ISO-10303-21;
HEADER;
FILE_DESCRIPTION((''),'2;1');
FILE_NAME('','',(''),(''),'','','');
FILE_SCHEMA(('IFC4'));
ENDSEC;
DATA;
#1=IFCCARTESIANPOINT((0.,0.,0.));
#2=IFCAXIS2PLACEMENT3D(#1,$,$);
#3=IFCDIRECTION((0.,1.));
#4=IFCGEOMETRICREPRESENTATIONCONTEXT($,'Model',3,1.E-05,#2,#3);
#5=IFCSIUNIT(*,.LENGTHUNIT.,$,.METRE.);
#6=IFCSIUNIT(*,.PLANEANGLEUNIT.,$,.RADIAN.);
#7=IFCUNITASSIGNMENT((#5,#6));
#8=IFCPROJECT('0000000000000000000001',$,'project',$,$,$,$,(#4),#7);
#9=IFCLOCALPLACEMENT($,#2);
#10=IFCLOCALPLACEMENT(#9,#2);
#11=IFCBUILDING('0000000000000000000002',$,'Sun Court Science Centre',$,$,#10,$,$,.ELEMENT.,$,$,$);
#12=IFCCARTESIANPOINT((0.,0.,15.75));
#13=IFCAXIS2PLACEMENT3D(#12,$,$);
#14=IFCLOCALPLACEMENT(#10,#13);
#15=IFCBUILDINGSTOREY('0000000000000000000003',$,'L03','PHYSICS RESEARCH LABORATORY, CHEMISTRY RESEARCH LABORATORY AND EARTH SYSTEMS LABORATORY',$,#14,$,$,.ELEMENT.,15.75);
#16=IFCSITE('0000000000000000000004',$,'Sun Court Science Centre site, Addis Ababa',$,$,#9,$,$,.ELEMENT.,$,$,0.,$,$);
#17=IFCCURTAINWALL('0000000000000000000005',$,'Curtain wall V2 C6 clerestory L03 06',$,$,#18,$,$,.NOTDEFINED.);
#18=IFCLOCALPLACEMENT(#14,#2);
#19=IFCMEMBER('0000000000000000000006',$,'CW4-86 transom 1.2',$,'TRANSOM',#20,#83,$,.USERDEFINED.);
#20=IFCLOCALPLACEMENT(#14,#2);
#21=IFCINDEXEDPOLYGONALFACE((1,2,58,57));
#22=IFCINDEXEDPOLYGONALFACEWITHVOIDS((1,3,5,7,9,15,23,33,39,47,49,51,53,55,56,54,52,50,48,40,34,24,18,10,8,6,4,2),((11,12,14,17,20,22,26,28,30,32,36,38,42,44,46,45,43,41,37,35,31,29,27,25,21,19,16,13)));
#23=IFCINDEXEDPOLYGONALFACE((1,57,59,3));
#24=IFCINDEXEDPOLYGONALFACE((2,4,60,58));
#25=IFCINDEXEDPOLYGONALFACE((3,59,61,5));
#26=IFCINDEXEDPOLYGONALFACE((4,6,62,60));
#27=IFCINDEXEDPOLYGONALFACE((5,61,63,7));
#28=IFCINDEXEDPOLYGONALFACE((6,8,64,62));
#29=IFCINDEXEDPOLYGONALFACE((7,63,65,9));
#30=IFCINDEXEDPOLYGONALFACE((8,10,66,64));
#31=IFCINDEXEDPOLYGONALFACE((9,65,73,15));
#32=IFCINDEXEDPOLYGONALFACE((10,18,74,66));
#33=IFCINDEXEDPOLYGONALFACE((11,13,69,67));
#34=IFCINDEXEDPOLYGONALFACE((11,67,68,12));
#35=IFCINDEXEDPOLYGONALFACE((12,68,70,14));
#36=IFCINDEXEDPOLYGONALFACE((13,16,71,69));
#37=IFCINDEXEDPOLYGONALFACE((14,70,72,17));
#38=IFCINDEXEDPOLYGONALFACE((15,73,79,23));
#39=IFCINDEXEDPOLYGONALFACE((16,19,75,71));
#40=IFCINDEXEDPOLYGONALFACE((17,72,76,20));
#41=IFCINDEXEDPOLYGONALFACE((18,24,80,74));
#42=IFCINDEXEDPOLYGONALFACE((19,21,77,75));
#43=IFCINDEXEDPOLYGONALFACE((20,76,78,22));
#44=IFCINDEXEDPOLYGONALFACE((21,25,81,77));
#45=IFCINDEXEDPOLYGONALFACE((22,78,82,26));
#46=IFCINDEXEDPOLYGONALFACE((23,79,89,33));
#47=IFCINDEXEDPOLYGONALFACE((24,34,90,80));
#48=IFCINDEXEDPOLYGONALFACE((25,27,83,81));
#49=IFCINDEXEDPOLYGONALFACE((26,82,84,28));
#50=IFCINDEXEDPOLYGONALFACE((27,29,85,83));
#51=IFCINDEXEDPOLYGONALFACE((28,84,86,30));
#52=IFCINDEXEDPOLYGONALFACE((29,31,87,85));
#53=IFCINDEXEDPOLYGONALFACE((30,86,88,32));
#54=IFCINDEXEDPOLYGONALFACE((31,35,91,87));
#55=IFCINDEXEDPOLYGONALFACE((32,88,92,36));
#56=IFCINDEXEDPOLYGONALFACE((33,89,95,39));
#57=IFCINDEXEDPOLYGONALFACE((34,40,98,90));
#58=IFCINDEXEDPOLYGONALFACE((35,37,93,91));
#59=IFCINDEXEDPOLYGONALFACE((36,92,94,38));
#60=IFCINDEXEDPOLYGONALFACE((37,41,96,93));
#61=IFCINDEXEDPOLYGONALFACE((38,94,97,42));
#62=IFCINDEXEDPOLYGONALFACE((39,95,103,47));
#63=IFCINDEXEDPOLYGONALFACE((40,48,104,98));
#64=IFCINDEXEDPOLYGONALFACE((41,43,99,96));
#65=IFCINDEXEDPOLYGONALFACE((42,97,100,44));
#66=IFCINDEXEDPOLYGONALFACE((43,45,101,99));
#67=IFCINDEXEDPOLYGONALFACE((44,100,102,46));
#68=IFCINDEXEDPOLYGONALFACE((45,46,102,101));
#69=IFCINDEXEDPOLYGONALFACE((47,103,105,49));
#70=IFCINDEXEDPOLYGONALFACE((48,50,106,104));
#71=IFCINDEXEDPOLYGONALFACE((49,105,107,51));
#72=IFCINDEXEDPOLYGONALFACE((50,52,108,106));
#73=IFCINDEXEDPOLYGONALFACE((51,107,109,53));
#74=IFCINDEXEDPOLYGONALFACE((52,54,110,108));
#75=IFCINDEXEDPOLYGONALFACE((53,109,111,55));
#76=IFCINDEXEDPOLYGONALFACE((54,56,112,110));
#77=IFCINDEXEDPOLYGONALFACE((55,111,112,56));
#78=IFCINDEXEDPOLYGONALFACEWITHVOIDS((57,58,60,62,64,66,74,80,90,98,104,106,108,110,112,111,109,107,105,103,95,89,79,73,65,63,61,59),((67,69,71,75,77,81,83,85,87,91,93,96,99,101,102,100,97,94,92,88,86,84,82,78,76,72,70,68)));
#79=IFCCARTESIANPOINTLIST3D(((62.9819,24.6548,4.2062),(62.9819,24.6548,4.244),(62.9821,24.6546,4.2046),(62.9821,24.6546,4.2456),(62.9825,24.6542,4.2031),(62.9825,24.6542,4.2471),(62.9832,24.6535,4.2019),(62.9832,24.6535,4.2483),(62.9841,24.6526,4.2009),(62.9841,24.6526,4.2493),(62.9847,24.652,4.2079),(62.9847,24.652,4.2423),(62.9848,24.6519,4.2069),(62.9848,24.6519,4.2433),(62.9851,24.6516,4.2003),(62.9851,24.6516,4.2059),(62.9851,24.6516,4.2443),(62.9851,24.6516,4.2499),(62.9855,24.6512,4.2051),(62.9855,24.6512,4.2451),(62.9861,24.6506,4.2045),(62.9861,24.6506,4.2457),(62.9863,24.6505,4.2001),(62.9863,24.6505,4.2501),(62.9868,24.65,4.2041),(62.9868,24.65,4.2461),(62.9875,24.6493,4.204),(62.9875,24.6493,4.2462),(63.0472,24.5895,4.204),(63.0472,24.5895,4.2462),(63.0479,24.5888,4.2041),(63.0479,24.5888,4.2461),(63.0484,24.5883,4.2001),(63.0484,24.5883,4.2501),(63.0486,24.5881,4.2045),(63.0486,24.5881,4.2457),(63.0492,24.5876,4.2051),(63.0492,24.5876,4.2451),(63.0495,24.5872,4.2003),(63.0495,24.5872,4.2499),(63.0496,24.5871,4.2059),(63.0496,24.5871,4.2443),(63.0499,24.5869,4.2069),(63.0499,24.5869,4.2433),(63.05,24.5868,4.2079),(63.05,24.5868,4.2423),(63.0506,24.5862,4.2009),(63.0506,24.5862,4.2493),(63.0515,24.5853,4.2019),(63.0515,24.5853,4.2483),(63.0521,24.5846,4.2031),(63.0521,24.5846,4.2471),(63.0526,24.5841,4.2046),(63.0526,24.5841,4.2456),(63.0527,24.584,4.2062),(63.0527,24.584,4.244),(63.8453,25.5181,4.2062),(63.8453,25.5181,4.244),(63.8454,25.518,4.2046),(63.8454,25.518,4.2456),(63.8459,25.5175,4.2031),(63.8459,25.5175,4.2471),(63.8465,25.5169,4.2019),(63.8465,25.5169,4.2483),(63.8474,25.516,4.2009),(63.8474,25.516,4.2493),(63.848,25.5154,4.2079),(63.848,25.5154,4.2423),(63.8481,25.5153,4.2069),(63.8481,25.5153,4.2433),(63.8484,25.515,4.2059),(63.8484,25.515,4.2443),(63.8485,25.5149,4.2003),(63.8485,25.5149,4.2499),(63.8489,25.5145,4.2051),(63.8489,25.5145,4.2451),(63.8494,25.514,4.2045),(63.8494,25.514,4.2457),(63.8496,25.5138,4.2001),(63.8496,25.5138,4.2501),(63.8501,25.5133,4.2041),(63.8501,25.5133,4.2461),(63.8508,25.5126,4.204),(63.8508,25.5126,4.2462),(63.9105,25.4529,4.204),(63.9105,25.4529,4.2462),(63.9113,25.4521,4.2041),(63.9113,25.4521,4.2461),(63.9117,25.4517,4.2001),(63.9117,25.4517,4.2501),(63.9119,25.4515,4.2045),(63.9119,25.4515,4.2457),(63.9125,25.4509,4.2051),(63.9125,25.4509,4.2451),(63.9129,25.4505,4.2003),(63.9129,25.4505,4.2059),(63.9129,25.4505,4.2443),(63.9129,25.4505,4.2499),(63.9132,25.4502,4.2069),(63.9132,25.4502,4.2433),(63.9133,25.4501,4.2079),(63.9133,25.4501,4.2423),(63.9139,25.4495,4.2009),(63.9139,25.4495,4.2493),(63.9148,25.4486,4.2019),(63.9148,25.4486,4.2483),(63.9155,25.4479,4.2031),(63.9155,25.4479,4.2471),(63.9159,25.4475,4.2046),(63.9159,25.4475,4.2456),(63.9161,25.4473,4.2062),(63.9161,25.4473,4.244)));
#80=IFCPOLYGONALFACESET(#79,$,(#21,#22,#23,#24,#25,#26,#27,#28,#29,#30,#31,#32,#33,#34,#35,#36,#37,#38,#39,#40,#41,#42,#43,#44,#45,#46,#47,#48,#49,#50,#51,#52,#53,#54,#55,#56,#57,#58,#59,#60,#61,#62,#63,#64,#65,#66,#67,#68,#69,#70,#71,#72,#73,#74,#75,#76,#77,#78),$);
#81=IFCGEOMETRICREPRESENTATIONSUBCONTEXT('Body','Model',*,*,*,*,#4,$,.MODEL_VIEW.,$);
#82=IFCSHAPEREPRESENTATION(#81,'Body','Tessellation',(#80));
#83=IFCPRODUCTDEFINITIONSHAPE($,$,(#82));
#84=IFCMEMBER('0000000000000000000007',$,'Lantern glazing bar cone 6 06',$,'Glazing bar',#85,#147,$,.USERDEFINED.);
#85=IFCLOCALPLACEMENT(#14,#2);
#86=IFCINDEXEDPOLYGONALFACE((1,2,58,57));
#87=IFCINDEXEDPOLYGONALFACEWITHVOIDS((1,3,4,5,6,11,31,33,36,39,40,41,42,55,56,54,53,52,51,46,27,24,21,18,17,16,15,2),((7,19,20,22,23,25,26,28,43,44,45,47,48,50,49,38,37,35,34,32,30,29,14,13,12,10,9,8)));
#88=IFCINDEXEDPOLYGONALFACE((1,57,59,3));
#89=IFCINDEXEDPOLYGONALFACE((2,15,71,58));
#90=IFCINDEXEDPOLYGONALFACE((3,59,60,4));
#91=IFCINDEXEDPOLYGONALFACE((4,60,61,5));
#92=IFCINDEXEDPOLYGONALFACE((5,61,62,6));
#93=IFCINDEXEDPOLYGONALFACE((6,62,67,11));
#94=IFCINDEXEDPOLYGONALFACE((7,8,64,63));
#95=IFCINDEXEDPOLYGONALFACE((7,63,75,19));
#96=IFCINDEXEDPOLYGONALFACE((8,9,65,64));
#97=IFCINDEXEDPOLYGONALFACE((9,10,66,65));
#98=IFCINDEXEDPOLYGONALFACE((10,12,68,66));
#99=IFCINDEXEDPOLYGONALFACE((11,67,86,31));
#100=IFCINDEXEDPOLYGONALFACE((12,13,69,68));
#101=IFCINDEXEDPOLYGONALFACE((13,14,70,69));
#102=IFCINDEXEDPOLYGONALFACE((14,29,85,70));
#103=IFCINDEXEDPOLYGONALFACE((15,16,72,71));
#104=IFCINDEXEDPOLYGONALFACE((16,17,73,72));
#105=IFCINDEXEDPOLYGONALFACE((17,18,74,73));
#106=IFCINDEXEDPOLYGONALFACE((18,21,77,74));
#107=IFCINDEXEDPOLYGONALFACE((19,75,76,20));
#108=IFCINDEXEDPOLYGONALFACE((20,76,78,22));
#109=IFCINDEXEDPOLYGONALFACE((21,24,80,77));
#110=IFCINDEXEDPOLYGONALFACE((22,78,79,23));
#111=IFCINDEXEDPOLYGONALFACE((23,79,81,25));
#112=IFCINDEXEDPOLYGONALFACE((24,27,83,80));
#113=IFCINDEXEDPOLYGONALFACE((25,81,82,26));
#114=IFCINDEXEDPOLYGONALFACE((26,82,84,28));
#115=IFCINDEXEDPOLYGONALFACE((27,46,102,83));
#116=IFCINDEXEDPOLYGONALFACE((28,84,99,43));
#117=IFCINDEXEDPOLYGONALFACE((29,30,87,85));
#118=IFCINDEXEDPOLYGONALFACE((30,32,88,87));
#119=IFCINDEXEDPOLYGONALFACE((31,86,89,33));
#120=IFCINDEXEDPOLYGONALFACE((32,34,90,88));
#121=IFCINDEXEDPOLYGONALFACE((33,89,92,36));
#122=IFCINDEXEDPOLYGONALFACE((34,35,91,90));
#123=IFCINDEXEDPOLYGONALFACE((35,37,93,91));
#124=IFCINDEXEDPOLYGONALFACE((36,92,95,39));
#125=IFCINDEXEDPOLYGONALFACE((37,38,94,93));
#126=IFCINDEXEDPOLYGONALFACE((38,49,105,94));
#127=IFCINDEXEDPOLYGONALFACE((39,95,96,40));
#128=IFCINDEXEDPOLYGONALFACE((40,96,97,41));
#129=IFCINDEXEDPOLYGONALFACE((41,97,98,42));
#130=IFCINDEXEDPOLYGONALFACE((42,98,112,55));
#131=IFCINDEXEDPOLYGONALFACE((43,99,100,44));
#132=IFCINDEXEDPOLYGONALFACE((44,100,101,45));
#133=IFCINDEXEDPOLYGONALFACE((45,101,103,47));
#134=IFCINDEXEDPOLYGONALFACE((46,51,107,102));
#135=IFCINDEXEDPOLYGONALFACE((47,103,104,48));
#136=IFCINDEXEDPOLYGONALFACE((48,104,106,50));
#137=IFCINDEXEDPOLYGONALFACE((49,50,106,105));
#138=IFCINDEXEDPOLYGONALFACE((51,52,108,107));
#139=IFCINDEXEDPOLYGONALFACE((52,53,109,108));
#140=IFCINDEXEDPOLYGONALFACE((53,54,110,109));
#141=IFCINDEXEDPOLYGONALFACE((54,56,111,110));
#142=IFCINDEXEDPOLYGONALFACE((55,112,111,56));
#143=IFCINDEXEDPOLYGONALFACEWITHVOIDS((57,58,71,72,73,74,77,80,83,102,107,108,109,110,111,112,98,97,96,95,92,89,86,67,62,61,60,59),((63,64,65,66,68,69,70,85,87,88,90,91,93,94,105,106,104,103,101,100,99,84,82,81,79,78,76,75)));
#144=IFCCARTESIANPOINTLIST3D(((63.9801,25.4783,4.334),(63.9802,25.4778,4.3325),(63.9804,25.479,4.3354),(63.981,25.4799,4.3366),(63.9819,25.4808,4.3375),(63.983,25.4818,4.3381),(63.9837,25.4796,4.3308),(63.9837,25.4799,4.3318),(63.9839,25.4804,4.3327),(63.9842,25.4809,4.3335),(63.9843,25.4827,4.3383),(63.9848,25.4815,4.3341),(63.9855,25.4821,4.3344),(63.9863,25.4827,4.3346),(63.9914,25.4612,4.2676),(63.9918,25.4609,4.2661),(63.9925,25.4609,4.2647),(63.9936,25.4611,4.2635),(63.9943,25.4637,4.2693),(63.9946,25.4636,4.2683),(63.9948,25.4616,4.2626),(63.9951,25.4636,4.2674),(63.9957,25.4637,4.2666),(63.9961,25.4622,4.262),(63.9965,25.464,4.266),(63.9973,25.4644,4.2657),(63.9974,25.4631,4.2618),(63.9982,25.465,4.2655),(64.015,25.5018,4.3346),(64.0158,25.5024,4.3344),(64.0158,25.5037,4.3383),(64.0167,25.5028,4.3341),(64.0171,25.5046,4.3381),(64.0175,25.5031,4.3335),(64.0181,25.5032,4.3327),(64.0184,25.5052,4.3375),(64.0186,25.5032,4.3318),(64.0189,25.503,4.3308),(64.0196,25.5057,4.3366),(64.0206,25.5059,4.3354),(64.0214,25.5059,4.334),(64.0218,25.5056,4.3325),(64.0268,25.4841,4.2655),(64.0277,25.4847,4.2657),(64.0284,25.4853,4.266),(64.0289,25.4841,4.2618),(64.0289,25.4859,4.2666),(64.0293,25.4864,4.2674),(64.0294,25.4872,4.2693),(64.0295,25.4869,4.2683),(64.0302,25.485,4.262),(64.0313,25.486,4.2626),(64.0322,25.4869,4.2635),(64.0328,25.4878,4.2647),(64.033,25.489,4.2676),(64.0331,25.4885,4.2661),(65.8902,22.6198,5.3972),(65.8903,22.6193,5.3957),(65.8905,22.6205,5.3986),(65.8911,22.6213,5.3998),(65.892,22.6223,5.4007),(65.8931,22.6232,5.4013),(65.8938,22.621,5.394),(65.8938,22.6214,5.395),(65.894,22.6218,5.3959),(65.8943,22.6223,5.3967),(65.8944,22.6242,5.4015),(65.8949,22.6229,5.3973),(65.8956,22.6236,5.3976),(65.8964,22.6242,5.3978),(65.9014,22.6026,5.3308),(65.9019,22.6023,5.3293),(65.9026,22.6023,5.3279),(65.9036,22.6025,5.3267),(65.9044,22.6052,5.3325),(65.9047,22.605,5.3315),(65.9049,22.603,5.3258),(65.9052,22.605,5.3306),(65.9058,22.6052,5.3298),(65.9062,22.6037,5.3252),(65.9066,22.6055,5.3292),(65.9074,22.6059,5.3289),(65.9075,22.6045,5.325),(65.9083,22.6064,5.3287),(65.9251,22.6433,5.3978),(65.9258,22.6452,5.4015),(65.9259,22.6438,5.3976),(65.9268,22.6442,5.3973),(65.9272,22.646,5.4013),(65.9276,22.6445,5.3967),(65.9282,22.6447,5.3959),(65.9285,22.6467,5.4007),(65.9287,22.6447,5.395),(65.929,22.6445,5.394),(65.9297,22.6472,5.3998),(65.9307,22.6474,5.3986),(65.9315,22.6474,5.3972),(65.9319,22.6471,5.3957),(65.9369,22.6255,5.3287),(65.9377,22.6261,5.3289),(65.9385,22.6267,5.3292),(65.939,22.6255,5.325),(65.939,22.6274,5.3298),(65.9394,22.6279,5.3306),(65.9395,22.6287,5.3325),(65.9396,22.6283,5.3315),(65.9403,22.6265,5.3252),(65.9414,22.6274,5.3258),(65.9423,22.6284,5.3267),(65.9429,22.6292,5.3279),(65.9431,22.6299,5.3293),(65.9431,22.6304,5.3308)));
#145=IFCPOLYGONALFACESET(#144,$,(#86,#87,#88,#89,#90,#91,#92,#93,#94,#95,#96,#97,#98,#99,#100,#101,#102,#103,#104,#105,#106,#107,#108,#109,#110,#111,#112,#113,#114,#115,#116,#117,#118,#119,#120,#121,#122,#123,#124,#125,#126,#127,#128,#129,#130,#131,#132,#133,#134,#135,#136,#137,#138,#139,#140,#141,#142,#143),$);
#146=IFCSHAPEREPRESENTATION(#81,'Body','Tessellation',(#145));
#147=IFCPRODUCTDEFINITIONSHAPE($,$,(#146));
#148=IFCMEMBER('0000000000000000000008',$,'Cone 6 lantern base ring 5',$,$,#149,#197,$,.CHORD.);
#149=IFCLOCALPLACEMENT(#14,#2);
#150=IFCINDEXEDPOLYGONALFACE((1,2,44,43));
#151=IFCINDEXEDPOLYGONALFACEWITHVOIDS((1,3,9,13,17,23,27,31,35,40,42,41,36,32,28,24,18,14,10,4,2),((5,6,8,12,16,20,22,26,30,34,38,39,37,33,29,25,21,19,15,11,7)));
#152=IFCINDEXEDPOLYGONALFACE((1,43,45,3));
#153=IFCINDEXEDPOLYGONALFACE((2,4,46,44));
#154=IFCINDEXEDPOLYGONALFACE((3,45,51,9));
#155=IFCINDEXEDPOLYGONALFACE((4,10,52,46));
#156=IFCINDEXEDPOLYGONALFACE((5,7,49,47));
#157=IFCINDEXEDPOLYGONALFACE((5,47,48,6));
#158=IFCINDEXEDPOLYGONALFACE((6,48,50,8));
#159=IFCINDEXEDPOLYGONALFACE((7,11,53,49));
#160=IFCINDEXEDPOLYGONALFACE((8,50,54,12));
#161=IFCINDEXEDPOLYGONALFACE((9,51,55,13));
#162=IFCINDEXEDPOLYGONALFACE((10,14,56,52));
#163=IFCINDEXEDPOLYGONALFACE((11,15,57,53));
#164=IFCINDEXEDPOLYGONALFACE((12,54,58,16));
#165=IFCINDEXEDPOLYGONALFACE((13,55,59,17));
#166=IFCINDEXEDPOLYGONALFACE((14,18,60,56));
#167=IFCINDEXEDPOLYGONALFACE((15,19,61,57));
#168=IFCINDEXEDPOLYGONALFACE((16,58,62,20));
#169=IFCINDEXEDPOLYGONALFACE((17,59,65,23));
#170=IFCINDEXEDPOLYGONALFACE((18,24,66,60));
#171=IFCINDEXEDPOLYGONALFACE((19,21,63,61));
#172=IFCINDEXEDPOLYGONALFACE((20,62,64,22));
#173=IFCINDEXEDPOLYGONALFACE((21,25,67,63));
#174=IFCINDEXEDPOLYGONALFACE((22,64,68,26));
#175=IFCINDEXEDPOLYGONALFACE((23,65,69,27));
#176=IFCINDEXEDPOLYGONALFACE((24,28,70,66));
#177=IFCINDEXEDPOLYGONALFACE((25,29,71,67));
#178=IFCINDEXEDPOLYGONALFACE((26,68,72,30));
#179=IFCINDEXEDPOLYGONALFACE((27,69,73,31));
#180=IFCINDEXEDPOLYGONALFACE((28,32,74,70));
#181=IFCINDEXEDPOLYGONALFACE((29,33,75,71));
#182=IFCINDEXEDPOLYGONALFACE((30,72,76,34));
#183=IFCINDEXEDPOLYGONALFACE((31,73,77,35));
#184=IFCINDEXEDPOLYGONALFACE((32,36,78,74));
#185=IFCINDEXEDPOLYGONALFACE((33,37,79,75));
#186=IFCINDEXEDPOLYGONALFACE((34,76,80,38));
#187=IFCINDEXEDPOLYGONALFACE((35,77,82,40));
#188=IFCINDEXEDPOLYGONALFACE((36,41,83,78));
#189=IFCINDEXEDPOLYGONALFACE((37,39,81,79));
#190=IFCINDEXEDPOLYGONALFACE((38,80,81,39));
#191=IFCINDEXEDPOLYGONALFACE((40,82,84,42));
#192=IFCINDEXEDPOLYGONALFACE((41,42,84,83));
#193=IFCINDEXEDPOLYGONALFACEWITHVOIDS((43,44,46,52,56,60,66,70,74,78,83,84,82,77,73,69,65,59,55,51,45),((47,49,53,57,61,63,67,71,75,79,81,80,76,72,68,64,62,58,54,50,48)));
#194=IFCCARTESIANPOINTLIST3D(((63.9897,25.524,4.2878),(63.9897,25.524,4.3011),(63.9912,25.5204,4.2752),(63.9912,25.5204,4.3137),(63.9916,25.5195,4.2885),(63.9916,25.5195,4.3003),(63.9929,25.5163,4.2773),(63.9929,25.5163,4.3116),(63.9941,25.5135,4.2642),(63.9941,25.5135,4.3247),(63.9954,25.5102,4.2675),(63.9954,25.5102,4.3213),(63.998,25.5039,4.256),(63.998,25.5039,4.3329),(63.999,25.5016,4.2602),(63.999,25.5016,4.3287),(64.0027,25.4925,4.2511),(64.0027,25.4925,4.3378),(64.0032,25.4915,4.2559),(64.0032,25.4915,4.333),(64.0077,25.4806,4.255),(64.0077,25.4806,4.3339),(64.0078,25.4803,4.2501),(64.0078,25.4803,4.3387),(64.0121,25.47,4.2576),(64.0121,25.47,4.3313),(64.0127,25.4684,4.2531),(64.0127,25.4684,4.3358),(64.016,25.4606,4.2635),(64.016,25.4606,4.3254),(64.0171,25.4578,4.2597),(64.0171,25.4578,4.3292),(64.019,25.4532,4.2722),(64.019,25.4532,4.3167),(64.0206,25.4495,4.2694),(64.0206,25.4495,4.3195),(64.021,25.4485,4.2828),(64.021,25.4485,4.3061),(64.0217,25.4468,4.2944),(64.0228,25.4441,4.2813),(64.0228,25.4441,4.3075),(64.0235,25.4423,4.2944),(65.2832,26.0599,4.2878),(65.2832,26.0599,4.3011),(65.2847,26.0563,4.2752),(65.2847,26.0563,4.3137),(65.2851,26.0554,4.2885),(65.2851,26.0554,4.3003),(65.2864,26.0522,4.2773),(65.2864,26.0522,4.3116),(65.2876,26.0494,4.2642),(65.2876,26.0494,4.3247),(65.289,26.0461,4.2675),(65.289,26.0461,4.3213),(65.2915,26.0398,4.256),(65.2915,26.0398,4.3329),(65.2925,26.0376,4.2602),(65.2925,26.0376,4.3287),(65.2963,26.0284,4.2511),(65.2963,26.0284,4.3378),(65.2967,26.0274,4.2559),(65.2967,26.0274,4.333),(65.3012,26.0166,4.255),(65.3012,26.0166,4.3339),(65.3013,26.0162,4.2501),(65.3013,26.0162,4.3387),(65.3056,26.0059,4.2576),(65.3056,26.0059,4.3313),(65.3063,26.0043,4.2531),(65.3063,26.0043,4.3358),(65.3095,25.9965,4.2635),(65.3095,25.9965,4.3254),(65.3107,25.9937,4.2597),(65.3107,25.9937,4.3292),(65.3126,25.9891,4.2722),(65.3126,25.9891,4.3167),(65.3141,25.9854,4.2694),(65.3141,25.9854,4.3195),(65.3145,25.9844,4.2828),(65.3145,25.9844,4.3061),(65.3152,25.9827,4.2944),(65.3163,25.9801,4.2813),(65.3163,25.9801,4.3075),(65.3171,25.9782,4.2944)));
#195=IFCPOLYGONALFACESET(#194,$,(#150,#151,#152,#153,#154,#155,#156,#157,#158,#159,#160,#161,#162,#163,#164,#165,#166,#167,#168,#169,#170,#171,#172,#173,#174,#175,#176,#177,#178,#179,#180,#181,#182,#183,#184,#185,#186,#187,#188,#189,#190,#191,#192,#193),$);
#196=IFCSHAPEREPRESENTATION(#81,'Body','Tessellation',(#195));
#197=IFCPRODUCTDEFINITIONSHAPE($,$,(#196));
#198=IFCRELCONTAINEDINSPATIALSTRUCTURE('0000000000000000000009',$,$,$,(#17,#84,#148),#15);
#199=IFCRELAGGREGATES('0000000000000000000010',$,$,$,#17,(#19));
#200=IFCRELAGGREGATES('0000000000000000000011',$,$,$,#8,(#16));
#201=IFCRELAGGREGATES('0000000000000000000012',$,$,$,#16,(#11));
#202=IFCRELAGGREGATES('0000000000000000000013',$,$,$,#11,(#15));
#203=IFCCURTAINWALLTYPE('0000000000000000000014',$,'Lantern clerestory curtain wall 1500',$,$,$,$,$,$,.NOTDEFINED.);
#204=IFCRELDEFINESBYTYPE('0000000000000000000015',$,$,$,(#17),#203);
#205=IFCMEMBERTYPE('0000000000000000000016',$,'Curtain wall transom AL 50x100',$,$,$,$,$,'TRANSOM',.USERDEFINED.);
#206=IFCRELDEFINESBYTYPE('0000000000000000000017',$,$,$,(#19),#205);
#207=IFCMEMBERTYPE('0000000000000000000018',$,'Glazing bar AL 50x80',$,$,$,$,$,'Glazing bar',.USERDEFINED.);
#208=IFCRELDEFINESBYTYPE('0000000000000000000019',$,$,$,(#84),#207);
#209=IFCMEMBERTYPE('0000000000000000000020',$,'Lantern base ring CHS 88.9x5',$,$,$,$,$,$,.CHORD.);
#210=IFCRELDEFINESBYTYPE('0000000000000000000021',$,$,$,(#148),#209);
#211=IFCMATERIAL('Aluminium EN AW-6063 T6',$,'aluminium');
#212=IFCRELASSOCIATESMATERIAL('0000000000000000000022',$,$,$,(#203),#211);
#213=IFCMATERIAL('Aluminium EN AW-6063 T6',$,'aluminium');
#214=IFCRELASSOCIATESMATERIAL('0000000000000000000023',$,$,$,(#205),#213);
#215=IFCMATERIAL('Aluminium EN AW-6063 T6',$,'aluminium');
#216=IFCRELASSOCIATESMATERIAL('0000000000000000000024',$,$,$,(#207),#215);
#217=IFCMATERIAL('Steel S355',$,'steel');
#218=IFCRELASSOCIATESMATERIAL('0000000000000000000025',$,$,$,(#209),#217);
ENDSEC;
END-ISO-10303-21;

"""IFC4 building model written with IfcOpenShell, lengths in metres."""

from ifc_helpers import new_model, si_unit, direction, frame, origin, origin_2d, place, context, subcontext, project, spatial, hollow_rectangle, hollow_circle, extrude, material, material_profile, profile_set, type_object, element, aggregate, save


model = new_model("IFC4")

# Units and contexts
model_context = context("Model", 3, precision=1e-05, world=origin(), true_north=direction((0.0, 1.0)))
body_context = subcontext(model_context, "Body", "Model", "MODEL_VIEW")
ifc_project = project(units=[si_unit("LENGTHUNIT", "METRE"), si_unit("PLANEANGLEUNIT", "RADIAN")], contexts=[model_context])

# Site, building, storey
site_placement = place(None, origin())
site = spatial("IfcSite", under=ifc_project, at=site_placement, Name="Sun Court Science Centre site, Addis Ababa", CompositionType="ELEMENT", RefElevation=0.0)
building_placement = place(site_placement, origin())
building = spatial("IfcBuilding", under=site, at=building_placement, Name="Sun Court Science Centre", CompositionType="ELEMENT")
storey_placement = place(building_placement, frame((0.0, 0.0, 15.75)))
storey = spatial("IfcBuildingStorey", under=building, at=storey_placement, Name="L03", Description="PHYSICS RESEARCH LABORATORY, CHEMISTRY RESEARCH LABORATORY AND EARTH SYSTEMS LABORATORY", CompositionType="ELEMENT", Elevation=15.75)

# Curtain wall
ifc_material_1 = material(Name="Aluminium EN AW-6063 T6", Category="aluminium")
curtain_wall_type = type_object("IfcCurtainWallType", Name="Lantern clerestory curtain wall 1500", PredefinedType="NOTDEFINED", material=ifc_material_1)
curtain_wall_1_placement = place(storey_placement, origin())
curtain_wall_1 = element("IfcCurtainWall", 1, at=curtain_wall_1_placement, inside=storey, type_object=curtain_wall_type, Name="Curtain wall V2 C6 clerestory L03 06", PredefinedType="NOTDEFINED")

# Member
ifc_material_2 = material(Name="Aluminium EN AW-6063 T6", Category="aluminium")
ifc_material_profile_1 = material_profile(ifc_material_2, hollow_rectangle(XDim=0.05, YDim=0.1001, WallThickness=0.0039, InnerFilletRadius=0.0039, OuterFilletRadius=0.0061, at=origin_2d()), Name="AL 50x100x4")
ifc_profile_set_1 = profile_set([ifc_material_profile_1], Name="Aluminium EN AW-6063 T6")
member_type_1 = type_object("IfcMemberType", Name="Curtain wall transom AL 50x100", ElementType="TRANSOM", PredefinedType="USERDEFINED", material=ifc_profile_set_1)
member_1_placement = place(storey_placement, frame((63.0173, 24.6194, 4.2251), z_axis=(0.707107, 0.707107, 0.0), x_axis=(0.0, 0.0, 1.0)))
member_1 = element("IfcMember", 2, at=member_1_placement, type_object=member_type_1, Name="CW4-86 transom 1.2", ObjectType="TRANSOM", PredefinedType="USERDEFINED", context=body_context, shape_type="SweptSolid", body=[
    extrude(hollow_rectangle(XDim=0.05, YDim=0.1001, WallThickness=0.0039, InnerFilletRadius=0.0039, OuterFilletRadius=0.0061, at=origin_2d()), origin(), (0.0, 0.0, 1.0), 1.2209),
])

# Members
ifc_material_3 = material(Name="Aluminium EN AW-6063 T6", Category="aluminium")
ifc_material_profile_2 = material_profile(ifc_material_3, hollow_rectangle(XDim=0.05, YDim=0.0801, WallThickness=0.0039, InnerFilletRadius=0.0039, OuterFilletRadius=0.0061, at=origin_2d()), Name="AL 50x80x4")
ifc_profile_set_2 = profile_set([ifc_material_profile_2], Name="Aluminium EN AW-6063 T6")
member_type_2 = type_object("IfcMemberType", Name="Glazing bar AL 50x80", ElementType="Glazing bar", PredefinedType="USERDEFINED", material=ifc_profile_set_2)
member_2_placement = place(storey_placement, frame((64.0066, 25.4834, 4.3), z_axis=(0.530783, -0.794343, 0.295445), x_axis=(0.83146, 0.555585, 0.0)))
element("IfcMember", 3, at=member_2_placement, inside=storey, type_object=member_type_2, Name="Lantern glazing bar cone 6 06", ObjectType="Glazing bar", PredefinedType="USERDEFINED", context=body_context, shape_type="SweptSolid", body=[
    extrude(hollow_rectangle(XDim=0.05, YDim=0.0801, WallThickness=0.0039, InnerFilletRadius=0.0039, OuterFilletRadius=0.0061, at=origin_2d()), origin(), (0.0, 0.0, 1.0), 3.5986),
])
ifc_material_4 = material(Name="Steel S355", Category="steel")
ifc_material_profile_3 = material_profile(ifc_material_4, hollow_circle(Radius=0.0444, WallThickness=0.0049, at=origin_2d()), Name="CHS 88.9x5")
ifc_profile_set_3 = profile_set([ifc_material_profile_3], Name="Steel S355")
member_type_3 = type_object("IfcMemberType", Name="Lantern base ring CHS 88.9x5", PredefinedType="CHORD", material=ifc_profile_set_3)
for number, where, z_axis, x_axis, name in (
    (4, (65.3, 26.0193, 4.2944), (-0.923849, -0.382757, 0.0), (0.382757, -0.923849, 0.0), "Cone 6 lantern base ring 5"),
):
    element("IfcMember", number, at=place(storey_placement, frame(where, z_axis=z_axis, x_axis=x_axis)), inside=storey, type_object=member_type_3, Name=name, PredefinedType="CHORD", context=body_context, shape_type="SweptSolid", body=[
        extrude(hollow_circle(Radius=0.0444, WallThickness=0.0049, at=origin_2d()), origin(), (0.0, 0.0, 1.0), 1.4001),
    ])

aggregate(curtain_wall_1, [member_1])

save(model, "model.ifc")
